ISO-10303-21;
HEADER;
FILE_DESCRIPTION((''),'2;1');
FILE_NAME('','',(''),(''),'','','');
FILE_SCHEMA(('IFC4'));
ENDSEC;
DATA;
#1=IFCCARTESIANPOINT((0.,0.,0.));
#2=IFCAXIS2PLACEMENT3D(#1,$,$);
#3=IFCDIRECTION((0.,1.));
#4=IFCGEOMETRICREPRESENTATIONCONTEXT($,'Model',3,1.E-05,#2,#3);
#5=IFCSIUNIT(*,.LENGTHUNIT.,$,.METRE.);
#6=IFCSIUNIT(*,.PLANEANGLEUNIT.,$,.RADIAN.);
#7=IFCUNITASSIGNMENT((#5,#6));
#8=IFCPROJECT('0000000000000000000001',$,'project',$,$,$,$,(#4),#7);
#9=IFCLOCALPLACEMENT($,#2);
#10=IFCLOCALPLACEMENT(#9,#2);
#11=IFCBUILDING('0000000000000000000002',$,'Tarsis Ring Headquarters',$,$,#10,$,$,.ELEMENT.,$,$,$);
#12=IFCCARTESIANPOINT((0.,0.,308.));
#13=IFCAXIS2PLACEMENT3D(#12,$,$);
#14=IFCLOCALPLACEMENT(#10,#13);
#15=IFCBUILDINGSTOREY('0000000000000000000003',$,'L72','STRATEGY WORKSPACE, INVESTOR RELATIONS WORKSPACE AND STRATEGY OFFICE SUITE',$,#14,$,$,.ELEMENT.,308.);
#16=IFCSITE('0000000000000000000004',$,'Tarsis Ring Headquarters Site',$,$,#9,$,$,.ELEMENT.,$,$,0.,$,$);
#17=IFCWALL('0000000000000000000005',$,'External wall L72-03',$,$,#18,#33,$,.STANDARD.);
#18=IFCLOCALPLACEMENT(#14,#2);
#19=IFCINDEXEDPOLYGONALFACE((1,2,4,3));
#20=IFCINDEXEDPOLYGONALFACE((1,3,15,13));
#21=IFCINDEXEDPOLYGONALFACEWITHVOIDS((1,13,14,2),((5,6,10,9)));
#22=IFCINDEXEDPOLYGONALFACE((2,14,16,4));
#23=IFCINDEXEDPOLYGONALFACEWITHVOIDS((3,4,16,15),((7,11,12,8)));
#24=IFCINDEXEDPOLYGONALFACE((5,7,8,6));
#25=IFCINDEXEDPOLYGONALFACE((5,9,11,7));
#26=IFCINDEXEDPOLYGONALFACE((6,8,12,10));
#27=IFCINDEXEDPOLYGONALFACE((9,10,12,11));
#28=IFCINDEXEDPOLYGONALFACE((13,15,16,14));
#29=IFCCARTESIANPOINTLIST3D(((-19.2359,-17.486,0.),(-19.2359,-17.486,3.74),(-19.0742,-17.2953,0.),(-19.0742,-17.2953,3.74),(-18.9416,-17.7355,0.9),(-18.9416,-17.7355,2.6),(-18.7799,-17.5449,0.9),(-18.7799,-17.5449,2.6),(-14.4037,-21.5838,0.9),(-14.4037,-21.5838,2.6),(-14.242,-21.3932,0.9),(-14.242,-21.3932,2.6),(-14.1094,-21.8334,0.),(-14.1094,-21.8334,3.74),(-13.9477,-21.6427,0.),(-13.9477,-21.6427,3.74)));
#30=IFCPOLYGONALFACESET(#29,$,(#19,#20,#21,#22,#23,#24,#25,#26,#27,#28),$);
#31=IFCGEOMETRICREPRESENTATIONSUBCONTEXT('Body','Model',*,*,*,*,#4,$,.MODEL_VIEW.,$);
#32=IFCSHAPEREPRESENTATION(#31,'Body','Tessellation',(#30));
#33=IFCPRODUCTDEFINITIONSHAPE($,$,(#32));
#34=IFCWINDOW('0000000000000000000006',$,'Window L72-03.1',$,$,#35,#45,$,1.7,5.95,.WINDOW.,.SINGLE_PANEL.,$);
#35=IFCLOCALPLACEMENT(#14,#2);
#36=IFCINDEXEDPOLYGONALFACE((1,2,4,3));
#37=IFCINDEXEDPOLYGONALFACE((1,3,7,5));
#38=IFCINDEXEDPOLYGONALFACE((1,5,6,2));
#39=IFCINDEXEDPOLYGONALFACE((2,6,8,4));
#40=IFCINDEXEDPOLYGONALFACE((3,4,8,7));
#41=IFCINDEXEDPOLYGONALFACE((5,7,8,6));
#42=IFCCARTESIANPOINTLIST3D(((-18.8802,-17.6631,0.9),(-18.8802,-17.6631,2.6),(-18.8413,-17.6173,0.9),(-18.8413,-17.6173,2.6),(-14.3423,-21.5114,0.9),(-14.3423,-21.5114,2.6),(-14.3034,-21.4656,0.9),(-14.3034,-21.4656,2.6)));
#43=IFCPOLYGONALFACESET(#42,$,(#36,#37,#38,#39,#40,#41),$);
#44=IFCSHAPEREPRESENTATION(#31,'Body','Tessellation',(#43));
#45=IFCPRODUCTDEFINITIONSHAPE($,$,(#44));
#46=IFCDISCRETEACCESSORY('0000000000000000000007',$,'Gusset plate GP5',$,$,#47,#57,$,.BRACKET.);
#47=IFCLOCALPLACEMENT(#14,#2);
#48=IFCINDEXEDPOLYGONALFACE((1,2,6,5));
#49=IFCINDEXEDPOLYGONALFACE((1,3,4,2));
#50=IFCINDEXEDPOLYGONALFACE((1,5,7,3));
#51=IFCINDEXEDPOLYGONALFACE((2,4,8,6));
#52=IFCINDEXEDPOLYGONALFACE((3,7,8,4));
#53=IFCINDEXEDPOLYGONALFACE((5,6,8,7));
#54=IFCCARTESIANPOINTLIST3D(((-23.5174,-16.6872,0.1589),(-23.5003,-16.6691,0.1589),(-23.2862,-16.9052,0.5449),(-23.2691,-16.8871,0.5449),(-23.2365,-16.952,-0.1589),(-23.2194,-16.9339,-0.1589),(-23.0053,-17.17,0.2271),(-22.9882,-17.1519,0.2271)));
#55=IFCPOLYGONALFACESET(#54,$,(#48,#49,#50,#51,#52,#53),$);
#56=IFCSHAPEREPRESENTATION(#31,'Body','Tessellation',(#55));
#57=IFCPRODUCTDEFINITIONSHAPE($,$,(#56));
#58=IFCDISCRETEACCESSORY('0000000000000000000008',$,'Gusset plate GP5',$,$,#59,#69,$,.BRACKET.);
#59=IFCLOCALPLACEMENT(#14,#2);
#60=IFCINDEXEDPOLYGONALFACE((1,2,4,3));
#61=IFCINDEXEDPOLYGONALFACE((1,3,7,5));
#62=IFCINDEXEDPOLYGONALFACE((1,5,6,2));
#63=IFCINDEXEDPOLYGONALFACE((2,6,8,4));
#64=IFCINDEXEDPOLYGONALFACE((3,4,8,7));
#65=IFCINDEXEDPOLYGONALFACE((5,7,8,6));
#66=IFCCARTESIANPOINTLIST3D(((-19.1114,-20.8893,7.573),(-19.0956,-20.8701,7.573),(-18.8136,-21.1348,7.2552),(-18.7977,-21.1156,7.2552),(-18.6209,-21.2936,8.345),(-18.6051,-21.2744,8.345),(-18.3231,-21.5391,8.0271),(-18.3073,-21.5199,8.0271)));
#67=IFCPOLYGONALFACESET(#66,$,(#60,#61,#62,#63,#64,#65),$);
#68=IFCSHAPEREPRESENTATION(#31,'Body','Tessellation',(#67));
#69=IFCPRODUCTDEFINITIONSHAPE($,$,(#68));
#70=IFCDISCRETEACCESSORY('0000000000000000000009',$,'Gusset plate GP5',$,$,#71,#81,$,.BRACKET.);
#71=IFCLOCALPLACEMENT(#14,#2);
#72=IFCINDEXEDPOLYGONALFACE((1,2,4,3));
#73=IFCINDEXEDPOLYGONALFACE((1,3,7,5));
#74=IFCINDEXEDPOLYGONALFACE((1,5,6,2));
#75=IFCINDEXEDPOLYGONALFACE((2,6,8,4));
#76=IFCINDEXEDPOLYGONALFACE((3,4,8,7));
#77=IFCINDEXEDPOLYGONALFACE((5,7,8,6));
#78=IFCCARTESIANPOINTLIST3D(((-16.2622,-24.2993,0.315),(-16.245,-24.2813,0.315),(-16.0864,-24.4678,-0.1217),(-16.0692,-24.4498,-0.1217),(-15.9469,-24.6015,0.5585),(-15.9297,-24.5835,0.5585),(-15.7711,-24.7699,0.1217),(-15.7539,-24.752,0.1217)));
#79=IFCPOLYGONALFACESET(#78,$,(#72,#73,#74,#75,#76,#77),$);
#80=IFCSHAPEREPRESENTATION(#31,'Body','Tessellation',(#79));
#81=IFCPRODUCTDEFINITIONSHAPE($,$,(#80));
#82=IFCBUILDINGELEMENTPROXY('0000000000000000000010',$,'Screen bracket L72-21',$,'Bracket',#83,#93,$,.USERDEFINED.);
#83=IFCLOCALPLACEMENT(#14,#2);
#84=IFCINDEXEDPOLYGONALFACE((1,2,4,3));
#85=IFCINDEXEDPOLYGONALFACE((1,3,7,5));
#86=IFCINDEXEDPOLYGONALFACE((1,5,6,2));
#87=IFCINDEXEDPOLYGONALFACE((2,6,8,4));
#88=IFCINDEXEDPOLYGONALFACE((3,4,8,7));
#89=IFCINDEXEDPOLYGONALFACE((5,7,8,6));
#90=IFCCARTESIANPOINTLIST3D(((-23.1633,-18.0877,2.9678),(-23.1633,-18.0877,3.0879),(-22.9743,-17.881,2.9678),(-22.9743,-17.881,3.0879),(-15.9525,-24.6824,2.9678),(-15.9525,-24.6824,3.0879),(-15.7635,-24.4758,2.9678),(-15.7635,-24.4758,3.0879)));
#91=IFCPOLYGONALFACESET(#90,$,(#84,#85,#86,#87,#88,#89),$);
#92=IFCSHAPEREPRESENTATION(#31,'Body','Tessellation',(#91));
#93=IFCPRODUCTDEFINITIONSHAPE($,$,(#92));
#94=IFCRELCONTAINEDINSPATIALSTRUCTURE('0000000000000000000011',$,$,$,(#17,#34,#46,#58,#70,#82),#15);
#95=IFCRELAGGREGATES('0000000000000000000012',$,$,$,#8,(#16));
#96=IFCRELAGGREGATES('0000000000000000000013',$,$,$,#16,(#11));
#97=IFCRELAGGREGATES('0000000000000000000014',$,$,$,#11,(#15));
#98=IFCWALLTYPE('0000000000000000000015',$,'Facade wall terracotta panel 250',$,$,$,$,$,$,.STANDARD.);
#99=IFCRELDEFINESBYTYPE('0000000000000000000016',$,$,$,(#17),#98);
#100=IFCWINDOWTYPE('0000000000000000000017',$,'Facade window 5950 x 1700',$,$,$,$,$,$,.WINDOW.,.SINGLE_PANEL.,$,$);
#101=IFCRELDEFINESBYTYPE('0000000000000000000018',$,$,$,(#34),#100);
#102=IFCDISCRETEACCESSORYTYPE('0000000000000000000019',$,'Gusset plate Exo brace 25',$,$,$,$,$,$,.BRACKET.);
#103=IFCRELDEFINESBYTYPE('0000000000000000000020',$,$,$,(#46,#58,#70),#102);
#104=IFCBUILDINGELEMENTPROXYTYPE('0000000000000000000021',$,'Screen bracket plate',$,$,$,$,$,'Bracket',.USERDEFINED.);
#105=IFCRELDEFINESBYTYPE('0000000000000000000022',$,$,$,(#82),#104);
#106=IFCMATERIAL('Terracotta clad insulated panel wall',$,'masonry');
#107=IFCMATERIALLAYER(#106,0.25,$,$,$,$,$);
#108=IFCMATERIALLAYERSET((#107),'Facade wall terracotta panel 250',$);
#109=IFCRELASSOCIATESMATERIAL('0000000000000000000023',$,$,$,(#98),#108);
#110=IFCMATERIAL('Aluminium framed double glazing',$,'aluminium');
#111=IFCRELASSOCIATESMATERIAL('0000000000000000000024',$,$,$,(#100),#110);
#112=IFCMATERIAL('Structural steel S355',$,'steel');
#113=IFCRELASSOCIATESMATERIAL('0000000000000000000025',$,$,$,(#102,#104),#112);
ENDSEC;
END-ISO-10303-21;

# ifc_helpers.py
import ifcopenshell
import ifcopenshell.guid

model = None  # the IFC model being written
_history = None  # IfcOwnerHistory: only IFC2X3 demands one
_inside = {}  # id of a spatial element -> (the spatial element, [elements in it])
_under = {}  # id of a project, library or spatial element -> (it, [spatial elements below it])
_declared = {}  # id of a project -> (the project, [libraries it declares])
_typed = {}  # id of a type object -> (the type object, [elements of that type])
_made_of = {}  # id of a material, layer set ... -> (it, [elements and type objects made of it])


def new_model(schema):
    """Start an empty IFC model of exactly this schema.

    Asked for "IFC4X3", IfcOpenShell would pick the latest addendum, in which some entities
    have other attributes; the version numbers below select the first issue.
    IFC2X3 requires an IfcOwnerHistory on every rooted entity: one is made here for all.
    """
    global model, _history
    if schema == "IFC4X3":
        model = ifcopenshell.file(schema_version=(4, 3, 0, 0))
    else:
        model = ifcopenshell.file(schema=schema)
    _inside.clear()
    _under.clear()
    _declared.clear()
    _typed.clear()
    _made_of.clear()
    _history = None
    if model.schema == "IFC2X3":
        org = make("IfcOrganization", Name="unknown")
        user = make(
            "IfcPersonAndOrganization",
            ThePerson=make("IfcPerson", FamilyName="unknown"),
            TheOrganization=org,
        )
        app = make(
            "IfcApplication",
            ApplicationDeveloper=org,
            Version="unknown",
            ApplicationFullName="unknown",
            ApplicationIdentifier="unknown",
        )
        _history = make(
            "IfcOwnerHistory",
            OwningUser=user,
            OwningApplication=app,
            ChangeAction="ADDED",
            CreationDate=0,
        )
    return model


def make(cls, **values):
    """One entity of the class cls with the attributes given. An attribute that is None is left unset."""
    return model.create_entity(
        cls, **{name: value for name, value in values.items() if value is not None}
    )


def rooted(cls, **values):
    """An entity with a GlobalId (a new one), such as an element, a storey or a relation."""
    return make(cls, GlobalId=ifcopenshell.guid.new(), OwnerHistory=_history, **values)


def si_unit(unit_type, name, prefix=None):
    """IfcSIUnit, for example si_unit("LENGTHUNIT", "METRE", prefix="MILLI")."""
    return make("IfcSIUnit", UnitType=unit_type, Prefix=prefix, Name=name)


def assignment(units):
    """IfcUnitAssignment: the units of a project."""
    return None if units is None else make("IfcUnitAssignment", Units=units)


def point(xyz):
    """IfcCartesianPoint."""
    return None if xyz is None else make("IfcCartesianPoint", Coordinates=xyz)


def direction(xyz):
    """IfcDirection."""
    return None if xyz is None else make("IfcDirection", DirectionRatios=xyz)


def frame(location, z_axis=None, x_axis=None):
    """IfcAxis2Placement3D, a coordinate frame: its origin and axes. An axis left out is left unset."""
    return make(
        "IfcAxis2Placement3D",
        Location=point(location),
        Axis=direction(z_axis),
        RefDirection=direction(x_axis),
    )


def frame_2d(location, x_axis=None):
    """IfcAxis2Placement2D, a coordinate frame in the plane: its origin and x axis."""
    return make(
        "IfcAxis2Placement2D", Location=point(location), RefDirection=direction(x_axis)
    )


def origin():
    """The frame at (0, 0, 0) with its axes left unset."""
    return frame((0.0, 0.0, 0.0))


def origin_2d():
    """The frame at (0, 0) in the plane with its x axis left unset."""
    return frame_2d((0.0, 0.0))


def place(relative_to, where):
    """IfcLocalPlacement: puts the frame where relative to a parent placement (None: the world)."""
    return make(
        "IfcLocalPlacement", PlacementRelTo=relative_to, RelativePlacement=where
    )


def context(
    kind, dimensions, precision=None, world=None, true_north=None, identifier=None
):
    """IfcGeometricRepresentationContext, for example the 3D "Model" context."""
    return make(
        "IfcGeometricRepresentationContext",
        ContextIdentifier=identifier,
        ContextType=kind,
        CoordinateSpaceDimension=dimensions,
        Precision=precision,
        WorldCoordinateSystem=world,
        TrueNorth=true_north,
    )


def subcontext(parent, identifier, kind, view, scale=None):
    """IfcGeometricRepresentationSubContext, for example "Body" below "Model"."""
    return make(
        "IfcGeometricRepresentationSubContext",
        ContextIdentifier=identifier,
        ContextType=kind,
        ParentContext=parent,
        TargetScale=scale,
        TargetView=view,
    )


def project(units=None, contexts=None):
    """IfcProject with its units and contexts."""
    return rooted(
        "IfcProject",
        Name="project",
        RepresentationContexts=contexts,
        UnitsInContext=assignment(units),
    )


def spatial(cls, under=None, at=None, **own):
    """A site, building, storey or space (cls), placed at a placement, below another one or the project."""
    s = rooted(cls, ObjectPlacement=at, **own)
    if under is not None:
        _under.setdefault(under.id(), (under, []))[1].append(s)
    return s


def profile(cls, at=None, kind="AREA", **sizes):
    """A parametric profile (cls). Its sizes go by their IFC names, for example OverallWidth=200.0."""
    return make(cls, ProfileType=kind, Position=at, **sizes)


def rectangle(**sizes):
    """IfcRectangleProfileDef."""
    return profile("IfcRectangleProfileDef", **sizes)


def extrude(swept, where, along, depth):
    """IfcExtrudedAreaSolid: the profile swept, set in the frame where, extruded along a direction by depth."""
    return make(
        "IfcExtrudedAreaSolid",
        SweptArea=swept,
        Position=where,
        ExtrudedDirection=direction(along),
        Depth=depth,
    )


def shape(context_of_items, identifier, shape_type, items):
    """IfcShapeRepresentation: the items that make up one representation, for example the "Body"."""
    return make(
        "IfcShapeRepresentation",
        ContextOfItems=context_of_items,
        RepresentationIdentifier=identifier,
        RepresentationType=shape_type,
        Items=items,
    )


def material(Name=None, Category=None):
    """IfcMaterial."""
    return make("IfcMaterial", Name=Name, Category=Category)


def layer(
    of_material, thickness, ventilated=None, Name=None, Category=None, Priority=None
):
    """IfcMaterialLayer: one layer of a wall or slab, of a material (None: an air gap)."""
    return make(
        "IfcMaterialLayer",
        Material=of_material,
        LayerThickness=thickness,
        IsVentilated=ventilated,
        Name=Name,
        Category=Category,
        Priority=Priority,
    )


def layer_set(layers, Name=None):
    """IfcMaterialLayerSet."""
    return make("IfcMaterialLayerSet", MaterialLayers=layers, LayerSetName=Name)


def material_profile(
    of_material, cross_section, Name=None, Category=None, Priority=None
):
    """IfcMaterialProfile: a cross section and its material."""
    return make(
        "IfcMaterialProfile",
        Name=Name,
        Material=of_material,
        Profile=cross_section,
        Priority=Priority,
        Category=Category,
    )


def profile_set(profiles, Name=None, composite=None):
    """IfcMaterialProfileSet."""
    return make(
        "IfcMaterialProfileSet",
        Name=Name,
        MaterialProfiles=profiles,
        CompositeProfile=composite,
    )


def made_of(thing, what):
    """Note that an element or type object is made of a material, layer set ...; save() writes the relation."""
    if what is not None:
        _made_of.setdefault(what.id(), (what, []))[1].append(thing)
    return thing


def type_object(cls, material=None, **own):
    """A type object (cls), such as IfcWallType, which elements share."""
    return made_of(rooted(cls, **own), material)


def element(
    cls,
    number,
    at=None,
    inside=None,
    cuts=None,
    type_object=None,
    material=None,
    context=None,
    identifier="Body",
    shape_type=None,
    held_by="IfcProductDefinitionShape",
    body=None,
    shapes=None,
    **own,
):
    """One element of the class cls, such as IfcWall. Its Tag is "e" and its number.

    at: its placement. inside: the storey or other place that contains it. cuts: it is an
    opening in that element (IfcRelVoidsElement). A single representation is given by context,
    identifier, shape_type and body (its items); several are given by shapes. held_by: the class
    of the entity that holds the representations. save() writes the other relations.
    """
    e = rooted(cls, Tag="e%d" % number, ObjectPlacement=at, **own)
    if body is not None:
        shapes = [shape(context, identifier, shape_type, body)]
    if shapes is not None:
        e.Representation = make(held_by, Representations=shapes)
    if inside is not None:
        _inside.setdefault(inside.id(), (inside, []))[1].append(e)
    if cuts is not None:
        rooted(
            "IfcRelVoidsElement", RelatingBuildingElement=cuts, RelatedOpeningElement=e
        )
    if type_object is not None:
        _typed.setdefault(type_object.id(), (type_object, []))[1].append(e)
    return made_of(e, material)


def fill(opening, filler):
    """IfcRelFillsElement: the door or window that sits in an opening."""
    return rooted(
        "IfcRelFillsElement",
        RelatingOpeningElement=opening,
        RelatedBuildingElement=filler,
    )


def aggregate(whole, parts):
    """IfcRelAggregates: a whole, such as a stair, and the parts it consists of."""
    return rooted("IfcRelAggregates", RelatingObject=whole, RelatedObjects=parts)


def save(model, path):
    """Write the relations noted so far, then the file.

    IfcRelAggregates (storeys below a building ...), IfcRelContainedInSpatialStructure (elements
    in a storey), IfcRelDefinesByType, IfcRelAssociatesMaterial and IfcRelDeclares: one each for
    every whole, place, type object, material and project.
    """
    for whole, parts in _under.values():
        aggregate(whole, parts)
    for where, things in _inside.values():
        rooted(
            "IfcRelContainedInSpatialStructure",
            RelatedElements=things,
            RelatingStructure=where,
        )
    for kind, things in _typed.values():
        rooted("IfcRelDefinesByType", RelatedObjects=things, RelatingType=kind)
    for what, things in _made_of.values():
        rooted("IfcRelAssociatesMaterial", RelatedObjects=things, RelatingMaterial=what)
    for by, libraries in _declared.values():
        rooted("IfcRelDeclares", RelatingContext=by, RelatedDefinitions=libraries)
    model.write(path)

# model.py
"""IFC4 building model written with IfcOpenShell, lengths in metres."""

from ifc_helpers import new_model, si_unit, direction, frame, frame_2d, origin, origin_2d, place, context, subcontext, project, spatial, rectangle, extrude, material, layer, layer_set, material_profile, profile_set, type_object, element, fill, save


model = new_model("IFC4")

# Units and contexts
model_context = context("Model", 3, precision=1e-05, world=origin(), true_north=direction((0.0, 1.0)))
body_context = subcontext(model_context, "Body", "Model", "MODEL_VIEW")
ifc_project = project(units=[si_unit("LENGTHUNIT", "METRE"), si_unit("PLANEANGLEUNIT", "RADIAN")], contexts=[model_context])

# Site, building, storey
site_placement = place(None, origin())
site = spatial("IfcSite", under=ifc_project, at=site_placement, Name="Tarsis Ring Headquarters Site", CompositionType="ELEMENT", RefElevation=0.0)
building_placement = place(site_placement, origin())
building = spatial("IfcBuilding", under=site, at=building_placement, Name="Tarsis Ring Headquarters", CompositionType="ELEMENT")
storey_placement = place(building_placement, frame((0.0, 0.0, 308.0)))
storey = spatial("IfcBuildingStorey", under=building, at=storey_placement, Name="L72", Description="STRATEGY WORKSPACE, INVESTOR RELATIONS WORKSPACE AND STRATEGY OFFICE SUITE", CompositionType="ELEMENT", Elevation=308.0)

# Shared definitions
ifc_material_1 = material(Name="Structural steel S355", Category="steel")

# Shared definitions
ifc_material_2 = material(Name="Terracotta clad insulated panel wall", Category="masonry")
ifc_layer_1 = layer(ifc_material_2, 0.25)
ifc_layer_set_1 = layer_set([ifc_layer_1], Name="Facade wall terracotta panel 250")
wall_type_1 = type_object("IfcWallType", Name="Facade wall terracotta panel 250", PredefinedType="STANDARD", material=ifc_layer_set_1)
ifc_material_3 = material(Name="Aluminium framed double glazing", Category="aluminium")

# Wall, opening, window
wall_1_placement = place(storey_placement, frame((-19.155, -17.3906, 0.0), z_axis=(0.0, 0.0, 1.0), x_axis=(0.762679, -0.646777, 0.0)))
wall_1 = element("IfcWall", 1, at=wall_1_placement, inside=storey, type_object=wall_type_1, Name="External wall L72-03", PredefinedType="STANDARD", context=body_context, shape_type="SweptSolid", body=[
    extrude(rectangle(XDim=6.7217, YDim=0.25, at=frame_2d((3.3608, 0.0))), origin(), (0.0, 0.0, 1.0), 3.74),
])
opening_1_placement = place(wall_1_placement, frame((0.3857, 0.0, 0.8999)))
opening_1 = element("IfcOpeningElement", 2, at=opening_1_placement, cuts=wall_1, PredefinedType="OPENING", context=body_context, shape_type="SweptSolid", body=[
    extrude(rectangle(XDim=5.95, YDim=1.7, at=frame_2d((2.9751, 0.8501))), frame((0.0, 0.135, 0.0), z_axis=(0.0, -1.0, 0.0), x_axis=(1.0, 0.0, 0.0)), (0.0, 0.0, 1.0), 0.27),
])
window_type_1 = type_object("IfcWindowType", Name="Facade window 5950 x 1700", PartitioningType="SINGLE_PANEL", PredefinedType="WINDOW", material=ifc_material_3)
window_1_placement = place(opening_1_placement, origin())
window_1 = element("IfcWindow", 3, at=window_1_placement, inside=storey, type_object=window_type_1, Name="Window L72-03.1", OverallHeight=1.7, OverallWidth=5.95, PartitioningType="SINGLE_PANEL", PredefinedType="WINDOW", context=body_context, shape_type="SweptSolid", body=[
    extrude(rectangle(XDim=5.95, YDim=1.7, at=frame_2d((2.9751, 0.8501))), frame((0.0, 0.03, 0.0), z_axis=(0.0, -1.0, 0.0), x_axis=(1.0, 0.0, 0.0)), (0.0, 0.0, 1.0), 0.0601),
])
fill(opening_1, window_1)

# Discrete accessories
ifc_material_profile_1 = material_profile(ifc_material_1, rectangle(XDim=0.0249, YDim=0.5, at=origin_2d()), Name="PL 25x500")
ifc_profile_set_1 = profile_set([ifc_material_profile_1], Name="Structural steel S355")
discrete_accessory_type = type_object("IfcDiscreteAccessoryType", Name="Gusset plate Exo brace 25", PredefinedType="BRACKET", material=ifc_profile_set_1)
discrete_accessory_1_placement = place(storey_placement, frame((-23.3684, -16.8105, 0.0), z_axis=(0.462429, -0.43606, 0.772017), x_axis=(0.686059, 0.727546, 0.0)))
element("IfcDiscreteAccessory", 4, at=discrete_accessory_1_placement, inside=storey, type_object=discrete_accessory_type, Name="Gusset plate GP5", PredefinedType="BRACKET", context=body_context, shape_type="SweptSolid", body=[
    extrude(rectangle(XDim=0.0249, YDim=0.5, at=origin_2d()), origin(), (0.0, 0.0, 1.0), 0.5),
])
discrete_accessory_2_placement = place(storey_placement, frame((-18.9546, -21.0024, 7.4141), z_axis=(0.490487, -0.404304, 0.771985), x_axis=(0.636057, 0.771642, 0.0)))
element("IfcDiscreteAccessory", 5, at=discrete_accessory_2_placement, inside=storey, type_object=discrete_accessory_type, Name="Gusset plate GP5", PredefinedType="BRACKET", context=body_context, shape_type="SweptSolid", body=[
    extrude(rectangle(XDim=0.0249, YDim=0.5, at=origin_2d()), origin(), (0.0, 0.0, 1.0), 1.0),
])
discrete_accessory_3_placement = place(storey_placement, frame((-15.9202, -24.6099, 0.0), z_axis=(-0.351532, 0.336885, 0.873461), x_axis=(-0.691905, -0.721988, 0.0)))
element("IfcDiscreteAccessory", 6, at=discrete_accessory_3_placement, inside=storey, type_object=discrete_accessory_type, Name="Gusset plate GP5", PredefinedType="BRACKET", context=body_context, shape_type="SweptSolid", body=[
    extrude(rectangle(XDim=0.0249, YDim=0.5, at=origin_2d()), origin(), (0.0, 0.0, 1.0), 0.5),
])

# Building element proxy
building_element_proxy_type = type_object("IfcBuildingElementProxyType", Name="Screen bracket plate", ElementType="Bracket", PredefinedType="USERDEFINED", material=ifc_material_1)
proxy_placement = place(storey_placement, frame((-19.4634, -21.2817, 2.9678), z_axis=(0.0, 0.0, 1.0), x_axis=(0.737926, -0.674882, 0.0)))
element("IfcBuildingElementProxy", 7, at=proxy_placement, inside=storey, type_object=building_element_proxy_type, Name="Screen bracket L72-21", ObjectType="Bracket", PredefinedType="USERDEFINED", context=body_context, shape_type="SweptSolid", body=[
    extrude(rectangle(XDim=9.7717, YDim=0.28, at=origin_2d()), origin(), (0.0, 0.0, 1.0), 0.1201),
])

save(model, "model.ifc")
